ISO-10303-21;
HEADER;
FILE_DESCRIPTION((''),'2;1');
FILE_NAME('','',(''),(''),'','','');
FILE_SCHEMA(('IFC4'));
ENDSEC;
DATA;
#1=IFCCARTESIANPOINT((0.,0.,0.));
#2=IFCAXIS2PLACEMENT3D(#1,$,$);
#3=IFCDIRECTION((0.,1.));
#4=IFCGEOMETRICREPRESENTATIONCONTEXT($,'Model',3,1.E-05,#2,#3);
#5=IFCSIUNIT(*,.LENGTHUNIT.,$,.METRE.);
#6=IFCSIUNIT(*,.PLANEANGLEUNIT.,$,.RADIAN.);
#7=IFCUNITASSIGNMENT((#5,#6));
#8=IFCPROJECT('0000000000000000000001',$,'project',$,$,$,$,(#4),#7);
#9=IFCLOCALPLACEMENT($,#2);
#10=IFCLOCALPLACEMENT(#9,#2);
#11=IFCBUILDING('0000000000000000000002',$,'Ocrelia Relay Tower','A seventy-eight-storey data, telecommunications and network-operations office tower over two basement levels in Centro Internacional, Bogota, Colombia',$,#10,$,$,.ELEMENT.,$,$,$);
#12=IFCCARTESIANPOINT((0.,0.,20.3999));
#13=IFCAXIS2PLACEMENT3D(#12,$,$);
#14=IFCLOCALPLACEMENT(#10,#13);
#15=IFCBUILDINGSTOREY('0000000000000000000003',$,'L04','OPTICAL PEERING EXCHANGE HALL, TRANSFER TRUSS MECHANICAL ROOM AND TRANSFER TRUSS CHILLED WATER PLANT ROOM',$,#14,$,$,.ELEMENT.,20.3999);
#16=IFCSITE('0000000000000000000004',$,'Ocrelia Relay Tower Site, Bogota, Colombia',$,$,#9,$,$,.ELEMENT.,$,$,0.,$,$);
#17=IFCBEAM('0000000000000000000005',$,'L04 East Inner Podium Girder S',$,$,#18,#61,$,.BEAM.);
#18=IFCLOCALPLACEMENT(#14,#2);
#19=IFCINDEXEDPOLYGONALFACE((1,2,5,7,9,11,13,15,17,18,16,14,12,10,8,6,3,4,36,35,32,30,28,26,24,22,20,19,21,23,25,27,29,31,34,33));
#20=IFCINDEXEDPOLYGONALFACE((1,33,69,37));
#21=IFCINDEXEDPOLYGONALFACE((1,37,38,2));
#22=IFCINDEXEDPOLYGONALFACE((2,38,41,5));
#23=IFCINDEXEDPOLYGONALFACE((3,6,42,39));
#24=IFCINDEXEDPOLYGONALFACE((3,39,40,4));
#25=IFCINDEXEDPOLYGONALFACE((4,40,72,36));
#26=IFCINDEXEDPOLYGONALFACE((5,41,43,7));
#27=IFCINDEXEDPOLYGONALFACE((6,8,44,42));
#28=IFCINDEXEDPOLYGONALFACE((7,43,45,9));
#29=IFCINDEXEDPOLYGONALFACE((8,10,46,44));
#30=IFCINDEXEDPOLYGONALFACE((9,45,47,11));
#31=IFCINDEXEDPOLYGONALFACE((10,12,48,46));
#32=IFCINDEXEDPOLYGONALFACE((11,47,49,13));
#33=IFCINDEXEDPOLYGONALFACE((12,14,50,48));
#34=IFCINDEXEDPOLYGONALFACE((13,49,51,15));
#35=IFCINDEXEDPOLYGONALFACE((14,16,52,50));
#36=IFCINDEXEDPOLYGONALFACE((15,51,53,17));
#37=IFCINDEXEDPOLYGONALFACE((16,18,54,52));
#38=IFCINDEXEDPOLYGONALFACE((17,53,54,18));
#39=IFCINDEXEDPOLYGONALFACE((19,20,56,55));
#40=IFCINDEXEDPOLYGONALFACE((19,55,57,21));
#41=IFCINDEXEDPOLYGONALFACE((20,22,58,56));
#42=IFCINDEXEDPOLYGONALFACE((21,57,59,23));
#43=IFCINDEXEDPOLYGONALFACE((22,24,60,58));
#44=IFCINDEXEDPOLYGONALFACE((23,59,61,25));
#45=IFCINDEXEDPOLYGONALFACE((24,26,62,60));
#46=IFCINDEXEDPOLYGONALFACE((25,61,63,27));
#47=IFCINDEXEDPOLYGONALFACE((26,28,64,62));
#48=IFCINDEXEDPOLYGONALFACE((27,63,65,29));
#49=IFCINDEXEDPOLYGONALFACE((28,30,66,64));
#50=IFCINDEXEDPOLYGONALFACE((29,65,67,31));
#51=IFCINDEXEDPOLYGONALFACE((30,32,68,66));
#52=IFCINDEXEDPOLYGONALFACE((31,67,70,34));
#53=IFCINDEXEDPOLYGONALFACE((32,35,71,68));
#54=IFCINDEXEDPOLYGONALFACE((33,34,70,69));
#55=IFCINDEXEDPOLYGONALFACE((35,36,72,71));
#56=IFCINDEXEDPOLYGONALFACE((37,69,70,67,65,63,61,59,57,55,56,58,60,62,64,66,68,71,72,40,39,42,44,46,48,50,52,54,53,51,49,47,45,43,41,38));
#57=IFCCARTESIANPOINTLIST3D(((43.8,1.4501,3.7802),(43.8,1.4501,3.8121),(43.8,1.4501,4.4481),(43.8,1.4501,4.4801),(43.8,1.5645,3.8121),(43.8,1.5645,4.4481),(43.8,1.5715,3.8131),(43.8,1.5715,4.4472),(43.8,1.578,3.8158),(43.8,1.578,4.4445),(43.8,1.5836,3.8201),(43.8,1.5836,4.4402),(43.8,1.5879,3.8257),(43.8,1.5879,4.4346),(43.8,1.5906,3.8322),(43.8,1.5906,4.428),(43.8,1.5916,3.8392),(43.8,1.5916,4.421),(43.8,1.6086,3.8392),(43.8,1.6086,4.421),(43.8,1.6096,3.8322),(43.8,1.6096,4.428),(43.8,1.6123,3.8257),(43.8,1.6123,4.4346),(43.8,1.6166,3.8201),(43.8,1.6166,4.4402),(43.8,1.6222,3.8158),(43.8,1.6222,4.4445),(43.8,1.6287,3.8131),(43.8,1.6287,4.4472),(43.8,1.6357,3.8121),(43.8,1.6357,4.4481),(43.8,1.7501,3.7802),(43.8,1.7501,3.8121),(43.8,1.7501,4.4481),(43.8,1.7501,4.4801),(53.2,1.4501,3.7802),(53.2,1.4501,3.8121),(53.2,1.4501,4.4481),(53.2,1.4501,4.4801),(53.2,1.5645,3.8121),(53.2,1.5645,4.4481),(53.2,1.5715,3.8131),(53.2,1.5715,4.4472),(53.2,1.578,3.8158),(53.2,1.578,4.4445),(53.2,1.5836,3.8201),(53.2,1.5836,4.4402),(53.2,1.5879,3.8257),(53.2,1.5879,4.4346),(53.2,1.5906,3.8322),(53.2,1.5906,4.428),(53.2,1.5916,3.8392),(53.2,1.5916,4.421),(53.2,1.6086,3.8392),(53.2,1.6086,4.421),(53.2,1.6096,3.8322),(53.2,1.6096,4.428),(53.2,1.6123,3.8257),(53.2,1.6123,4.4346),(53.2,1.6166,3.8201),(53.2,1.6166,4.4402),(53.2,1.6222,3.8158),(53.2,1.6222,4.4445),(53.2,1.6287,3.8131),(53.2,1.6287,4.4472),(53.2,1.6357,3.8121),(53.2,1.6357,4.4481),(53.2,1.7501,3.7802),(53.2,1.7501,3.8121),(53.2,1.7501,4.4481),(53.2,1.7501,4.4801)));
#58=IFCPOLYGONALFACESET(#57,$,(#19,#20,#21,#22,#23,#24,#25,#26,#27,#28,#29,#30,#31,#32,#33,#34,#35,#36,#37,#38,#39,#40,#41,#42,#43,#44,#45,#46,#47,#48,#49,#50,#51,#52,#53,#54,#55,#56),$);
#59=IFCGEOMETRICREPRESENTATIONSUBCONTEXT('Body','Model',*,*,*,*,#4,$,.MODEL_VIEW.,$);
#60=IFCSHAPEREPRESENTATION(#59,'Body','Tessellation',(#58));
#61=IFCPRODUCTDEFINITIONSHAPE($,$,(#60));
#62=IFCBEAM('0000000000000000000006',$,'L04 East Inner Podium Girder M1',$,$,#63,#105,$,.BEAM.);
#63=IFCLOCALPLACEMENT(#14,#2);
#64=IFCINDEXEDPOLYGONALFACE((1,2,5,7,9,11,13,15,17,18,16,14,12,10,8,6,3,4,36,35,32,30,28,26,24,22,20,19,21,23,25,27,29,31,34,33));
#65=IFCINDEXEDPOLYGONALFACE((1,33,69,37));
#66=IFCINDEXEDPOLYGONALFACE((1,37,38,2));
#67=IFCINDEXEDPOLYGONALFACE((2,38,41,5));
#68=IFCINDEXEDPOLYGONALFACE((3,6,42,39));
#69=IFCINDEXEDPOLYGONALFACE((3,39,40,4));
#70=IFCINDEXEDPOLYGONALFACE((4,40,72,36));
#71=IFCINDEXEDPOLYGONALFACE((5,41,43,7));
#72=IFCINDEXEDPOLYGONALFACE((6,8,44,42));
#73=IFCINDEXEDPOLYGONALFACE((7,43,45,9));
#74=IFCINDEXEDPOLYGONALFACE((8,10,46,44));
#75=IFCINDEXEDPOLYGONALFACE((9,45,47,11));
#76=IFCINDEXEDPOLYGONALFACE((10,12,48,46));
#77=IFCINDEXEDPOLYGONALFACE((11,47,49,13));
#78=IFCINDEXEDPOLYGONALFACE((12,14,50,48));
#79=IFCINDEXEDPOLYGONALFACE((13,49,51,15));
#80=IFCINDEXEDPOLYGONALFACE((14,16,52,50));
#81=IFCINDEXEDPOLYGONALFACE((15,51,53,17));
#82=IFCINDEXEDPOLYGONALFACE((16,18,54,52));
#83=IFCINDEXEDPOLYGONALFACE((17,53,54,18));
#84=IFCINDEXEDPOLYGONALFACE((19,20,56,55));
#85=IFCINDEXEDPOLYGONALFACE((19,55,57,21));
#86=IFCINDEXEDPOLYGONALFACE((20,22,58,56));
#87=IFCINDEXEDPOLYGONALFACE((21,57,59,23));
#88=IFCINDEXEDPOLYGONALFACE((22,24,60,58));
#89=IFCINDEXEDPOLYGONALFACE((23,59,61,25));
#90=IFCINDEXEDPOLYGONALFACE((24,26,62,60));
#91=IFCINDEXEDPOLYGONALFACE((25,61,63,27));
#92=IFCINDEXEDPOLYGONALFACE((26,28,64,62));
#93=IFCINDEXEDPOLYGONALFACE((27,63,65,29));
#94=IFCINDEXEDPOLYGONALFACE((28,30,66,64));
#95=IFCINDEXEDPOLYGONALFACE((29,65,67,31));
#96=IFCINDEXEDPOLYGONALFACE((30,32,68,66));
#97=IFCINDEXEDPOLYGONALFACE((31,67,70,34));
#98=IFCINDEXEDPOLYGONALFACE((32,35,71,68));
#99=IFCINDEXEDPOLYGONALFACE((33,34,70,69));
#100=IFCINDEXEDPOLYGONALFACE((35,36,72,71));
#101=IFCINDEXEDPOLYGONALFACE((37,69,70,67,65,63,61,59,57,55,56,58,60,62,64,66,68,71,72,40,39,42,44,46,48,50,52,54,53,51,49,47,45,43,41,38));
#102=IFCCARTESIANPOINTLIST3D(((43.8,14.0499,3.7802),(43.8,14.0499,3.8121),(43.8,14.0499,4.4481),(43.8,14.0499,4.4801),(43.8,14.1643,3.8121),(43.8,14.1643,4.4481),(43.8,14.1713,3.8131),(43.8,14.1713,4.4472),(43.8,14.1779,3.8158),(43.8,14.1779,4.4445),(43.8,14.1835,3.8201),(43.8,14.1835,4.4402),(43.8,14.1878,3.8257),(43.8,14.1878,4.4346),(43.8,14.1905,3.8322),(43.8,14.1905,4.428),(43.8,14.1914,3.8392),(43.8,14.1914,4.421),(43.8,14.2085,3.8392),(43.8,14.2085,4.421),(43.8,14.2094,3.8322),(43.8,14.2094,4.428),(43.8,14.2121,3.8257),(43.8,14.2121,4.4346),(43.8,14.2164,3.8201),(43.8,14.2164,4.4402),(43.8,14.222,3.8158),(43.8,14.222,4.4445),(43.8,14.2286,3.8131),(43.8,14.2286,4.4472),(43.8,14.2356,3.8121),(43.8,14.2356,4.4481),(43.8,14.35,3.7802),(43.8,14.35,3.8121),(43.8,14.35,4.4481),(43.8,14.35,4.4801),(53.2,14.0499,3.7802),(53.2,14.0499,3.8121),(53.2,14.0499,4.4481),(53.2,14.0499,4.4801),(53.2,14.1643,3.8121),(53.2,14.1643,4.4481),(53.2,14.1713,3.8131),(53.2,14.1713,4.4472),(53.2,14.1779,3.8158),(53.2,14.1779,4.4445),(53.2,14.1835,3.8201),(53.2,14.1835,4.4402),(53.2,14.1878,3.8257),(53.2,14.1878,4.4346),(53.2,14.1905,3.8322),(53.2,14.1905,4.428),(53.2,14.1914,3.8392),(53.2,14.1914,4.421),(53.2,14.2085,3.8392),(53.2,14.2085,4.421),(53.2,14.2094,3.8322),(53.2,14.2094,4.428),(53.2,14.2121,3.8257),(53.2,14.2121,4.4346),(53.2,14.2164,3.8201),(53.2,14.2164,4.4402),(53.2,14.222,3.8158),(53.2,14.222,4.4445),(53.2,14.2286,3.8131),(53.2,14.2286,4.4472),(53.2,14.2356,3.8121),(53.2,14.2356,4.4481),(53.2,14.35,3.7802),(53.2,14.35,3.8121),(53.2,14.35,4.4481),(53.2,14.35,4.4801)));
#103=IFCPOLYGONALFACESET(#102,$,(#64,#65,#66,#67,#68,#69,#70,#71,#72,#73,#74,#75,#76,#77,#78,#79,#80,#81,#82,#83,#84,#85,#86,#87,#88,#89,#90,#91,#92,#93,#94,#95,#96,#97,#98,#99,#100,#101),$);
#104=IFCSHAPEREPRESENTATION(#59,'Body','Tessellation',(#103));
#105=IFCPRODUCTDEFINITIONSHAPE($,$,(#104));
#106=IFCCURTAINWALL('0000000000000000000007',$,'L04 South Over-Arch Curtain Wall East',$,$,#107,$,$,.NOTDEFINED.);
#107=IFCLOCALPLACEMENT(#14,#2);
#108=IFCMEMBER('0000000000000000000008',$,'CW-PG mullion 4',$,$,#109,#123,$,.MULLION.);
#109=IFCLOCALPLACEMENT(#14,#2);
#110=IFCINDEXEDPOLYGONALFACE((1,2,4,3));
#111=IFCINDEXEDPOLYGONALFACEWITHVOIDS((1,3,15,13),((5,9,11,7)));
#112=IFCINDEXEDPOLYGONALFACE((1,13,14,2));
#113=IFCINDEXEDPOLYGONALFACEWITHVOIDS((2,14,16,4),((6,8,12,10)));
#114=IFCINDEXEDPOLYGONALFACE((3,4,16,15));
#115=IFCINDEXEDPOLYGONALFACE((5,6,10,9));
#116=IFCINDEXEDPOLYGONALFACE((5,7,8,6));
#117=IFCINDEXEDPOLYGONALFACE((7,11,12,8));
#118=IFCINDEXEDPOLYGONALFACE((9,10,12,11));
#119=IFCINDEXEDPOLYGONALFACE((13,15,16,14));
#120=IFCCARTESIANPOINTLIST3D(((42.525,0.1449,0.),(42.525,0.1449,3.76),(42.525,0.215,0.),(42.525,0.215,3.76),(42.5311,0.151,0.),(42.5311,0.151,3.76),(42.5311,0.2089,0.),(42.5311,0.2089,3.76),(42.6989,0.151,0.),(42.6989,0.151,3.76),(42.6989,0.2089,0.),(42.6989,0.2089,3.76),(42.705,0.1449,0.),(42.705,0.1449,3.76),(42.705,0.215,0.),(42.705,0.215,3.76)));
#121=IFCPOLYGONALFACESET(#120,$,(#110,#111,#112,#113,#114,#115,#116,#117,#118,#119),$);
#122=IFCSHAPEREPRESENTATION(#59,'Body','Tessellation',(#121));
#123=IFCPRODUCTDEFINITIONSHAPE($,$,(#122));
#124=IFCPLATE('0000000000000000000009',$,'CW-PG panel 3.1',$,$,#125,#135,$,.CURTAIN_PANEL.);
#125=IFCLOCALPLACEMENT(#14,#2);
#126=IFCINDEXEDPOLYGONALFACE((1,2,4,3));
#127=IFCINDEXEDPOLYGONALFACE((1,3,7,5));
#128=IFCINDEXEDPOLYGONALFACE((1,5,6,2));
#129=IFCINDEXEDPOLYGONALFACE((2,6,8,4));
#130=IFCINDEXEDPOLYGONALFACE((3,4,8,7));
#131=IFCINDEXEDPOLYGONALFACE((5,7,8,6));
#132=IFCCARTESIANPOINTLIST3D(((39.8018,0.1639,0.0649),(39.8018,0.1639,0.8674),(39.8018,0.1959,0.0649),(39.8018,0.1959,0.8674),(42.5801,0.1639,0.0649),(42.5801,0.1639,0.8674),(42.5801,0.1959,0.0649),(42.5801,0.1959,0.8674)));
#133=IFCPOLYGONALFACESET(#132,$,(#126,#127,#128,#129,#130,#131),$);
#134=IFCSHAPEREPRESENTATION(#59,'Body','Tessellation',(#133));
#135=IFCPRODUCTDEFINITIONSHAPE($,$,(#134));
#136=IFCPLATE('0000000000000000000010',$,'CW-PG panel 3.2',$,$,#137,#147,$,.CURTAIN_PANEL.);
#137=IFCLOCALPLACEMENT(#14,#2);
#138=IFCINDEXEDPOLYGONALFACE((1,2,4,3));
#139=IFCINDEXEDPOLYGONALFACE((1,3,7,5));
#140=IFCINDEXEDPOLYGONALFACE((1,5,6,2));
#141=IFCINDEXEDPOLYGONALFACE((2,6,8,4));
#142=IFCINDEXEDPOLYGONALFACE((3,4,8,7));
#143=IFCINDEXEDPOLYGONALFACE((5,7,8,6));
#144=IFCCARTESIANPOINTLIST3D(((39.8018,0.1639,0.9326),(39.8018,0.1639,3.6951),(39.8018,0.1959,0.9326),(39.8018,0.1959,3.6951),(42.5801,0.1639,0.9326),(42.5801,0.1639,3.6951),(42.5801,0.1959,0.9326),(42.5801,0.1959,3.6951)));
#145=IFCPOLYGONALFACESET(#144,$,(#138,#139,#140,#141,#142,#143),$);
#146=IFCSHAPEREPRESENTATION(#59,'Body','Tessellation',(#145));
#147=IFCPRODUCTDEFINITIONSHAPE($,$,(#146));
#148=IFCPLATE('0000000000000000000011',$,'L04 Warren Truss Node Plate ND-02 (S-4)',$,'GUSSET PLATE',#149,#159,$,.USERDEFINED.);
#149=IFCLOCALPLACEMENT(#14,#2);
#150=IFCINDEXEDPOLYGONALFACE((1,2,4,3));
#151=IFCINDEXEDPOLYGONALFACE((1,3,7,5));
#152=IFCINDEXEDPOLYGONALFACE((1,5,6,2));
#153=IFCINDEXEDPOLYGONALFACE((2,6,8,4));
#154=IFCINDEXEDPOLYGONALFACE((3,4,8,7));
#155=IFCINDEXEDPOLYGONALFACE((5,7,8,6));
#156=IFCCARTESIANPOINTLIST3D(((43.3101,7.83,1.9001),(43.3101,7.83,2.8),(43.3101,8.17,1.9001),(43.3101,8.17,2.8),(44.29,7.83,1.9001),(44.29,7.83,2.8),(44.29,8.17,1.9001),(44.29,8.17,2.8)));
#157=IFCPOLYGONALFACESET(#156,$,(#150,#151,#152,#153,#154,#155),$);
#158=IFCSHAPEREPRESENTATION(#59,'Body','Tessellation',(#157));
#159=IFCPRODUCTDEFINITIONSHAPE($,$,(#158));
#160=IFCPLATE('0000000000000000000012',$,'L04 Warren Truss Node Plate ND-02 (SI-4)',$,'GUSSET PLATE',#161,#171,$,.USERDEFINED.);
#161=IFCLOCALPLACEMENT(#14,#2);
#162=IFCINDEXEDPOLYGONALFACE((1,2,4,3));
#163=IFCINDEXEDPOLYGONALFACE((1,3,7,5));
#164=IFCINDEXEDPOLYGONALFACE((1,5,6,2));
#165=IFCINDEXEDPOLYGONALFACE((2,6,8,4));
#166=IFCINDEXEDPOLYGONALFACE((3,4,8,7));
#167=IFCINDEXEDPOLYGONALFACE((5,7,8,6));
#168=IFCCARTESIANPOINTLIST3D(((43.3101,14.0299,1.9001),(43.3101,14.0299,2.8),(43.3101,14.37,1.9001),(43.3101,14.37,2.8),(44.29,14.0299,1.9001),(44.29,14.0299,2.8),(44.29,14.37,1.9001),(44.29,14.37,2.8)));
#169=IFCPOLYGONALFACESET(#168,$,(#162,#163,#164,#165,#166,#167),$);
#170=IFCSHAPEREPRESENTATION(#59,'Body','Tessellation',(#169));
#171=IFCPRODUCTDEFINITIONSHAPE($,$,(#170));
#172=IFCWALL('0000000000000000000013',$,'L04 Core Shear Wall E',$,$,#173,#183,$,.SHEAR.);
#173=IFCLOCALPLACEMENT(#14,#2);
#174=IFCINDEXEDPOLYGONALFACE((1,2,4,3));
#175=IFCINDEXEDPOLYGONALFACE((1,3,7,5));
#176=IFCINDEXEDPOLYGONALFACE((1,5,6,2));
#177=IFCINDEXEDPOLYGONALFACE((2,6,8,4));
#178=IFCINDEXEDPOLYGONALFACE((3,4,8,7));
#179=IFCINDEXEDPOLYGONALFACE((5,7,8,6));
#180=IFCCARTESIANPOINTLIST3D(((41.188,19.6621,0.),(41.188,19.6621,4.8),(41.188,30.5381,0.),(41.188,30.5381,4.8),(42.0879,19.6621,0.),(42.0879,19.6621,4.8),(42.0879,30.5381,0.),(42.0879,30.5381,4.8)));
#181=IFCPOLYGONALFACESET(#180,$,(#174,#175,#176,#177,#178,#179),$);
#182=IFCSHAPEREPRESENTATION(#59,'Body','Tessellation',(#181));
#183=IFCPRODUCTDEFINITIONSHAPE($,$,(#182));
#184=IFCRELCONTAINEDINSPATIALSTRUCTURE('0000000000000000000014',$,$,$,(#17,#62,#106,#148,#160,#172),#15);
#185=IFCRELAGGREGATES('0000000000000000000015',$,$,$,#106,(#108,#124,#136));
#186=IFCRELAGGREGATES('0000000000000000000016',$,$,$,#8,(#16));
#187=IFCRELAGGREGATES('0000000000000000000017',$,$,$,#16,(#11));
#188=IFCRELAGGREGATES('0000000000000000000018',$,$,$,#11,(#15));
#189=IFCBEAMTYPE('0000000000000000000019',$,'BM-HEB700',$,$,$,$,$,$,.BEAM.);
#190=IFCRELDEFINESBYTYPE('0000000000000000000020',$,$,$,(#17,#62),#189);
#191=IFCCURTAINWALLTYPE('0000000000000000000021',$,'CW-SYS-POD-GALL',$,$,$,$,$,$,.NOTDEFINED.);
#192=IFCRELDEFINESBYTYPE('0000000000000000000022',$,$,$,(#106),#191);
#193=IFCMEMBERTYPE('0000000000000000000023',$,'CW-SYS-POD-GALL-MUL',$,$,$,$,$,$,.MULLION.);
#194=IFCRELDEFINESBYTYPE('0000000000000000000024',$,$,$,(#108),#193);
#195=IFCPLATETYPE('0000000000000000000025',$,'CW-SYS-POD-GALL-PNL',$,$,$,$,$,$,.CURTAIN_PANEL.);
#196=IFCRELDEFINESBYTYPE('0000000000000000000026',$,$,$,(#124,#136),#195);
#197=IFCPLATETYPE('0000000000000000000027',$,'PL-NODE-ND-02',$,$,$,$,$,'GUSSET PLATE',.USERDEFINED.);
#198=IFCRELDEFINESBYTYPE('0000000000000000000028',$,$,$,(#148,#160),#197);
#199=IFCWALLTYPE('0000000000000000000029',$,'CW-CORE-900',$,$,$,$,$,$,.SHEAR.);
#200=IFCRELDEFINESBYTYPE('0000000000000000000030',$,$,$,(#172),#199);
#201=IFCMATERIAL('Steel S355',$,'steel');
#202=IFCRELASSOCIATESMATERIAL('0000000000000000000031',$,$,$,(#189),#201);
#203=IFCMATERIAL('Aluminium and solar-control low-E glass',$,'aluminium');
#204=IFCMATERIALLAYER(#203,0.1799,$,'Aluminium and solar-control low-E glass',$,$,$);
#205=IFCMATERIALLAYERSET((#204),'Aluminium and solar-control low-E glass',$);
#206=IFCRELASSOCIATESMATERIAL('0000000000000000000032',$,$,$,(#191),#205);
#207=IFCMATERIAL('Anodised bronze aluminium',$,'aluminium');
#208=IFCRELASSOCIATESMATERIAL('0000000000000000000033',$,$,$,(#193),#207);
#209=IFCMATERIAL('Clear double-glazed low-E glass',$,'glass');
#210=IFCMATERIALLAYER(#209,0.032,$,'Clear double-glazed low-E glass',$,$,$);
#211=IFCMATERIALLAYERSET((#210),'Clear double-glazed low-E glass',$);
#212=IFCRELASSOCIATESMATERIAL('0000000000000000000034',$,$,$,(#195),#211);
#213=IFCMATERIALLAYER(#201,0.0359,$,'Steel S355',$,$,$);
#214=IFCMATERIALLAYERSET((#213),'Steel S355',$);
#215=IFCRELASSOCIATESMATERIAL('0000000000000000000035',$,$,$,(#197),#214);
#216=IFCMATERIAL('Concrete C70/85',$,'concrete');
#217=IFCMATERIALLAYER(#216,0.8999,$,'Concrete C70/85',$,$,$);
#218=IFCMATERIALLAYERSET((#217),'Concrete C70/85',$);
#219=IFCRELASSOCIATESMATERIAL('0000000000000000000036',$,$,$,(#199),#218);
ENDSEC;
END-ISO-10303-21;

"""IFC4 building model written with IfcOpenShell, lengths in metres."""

from ifc_helpers import new_model, si_unit, direction, frame, frame_2d, origin, origin_2d, place, context, subcontext, project, spatial, rectangle, hollow_rectangle, i_section, extrude, material, layer, layer_set, material_profile, profile_set, type_object, element, aggregate, save


model = new_model("IFC4")

# Units and contexts
model_context = context("Model", 3, precision=1e-05, world=origin(), true_north=direction((0.0, 1.0)))
body_context = subcontext(model_context, "Body", "Model", "MODEL_VIEW")
ifc_project = project(units=[si_unit("LENGTHUNIT", "METRE"), si_unit("PLANEANGLEUNIT", "RADIAN")], contexts=[model_context])

# Site, building, storey
site_placement = place(None, origin())
site = spatial("IfcSite", under=ifc_project, at=site_placement, Name="Ocrelia Relay Tower Site, Bogota, Colombia", CompositionType="ELEMENT", RefElevation=0.0)
building_placement = place(site_placement, origin())
building = spatial("IfcBuilding", under=site, at=building_placement, Name="Ocrelia Relay Tower", Description="A seventy-eight-storey data, telecommunications and network-operations office tower over two basement levels in Centro Internacional, Bogota, Colombia", CompositionType="ELEMENT")
storey_placement = place(building_placement, frame((0.0, 0.0, 20.3999)))
storey = spatial("IfcBuildingStorey", under=building, at=storey_placement, Name="L04", Description="OPTICAL PEERING EXCHANGE HALL, TRANSFER TRUSS MECHANICAL ROOM AND TRANSFER TRUSS CHILLED WATER PLANT ROOM", CompositionType="ELEMENT", Elevation=20.3999)

# Shared definitions
ifc_material_1 = material(Name="Concrete C70/85", Category="concrete")

# Beams
ifc_material_2 = material(Name="Steel S355", Category="steel")
ifc_material_profile_1 = material_profile(ifc_material_2, i_section(OverallWidth=0.3, OverallDepth=0.7, WebThickness=0.0171, FlangeThickness=0.032, FilletRadius=0.0271, at=origin_2d()), Name="HEB 700")
ifc_profile_set_1 = profile_set([ifc_material_profile_1], Name="Steel S355")
beam_type_1 = type_object("IfcBeamType", Name="BM-HEB700", PredefinedType="BEAM", material=ifc_profile_set_1)
for number, where, z_axis, x_axis, name in (
    (1, (43.8, 1.6001, 4.1301), (1.0, 0.0, 0.0), (0.0, 1.0, 0.0), "L04 East Inner Podium Girder S"),
    (2, (43.8, 14.2, 4.1301), (1.0, 0.0, 0.0), (0.0, 1.0, 0.0), "L04 East Inner Podium Girder M1"),
):
    element("IfcBeam", number, at=place(storey_placement, frame(where, z_axis=z_axis, x_axis=x_axis)), inside=storey, type_object=beam_type_1, Name=name, PredefinedType="BEAM", context=body_context, shape_type="SweptSolid", body=[
        extrude(i_section(OverallWidth=0.3, OverallDepth=0.7, WebThickness=0.0171, FlangeThickness=0.032, FilletRadius=0.0271, at=origin_2d()), origin(), (0.0, 0.0, 1.0), 9.3999),
    ])

# Curtain wall, member, plates
ifc_material_3 = material(Name="Aluminium and solar-control low-E glass", Category="aluminium")
ifc_layer_1 = layer(ifc_material_3, 0.1799, Name="Aluminium and solar-control low-E glass")
ifc_layer_set_1 = layer_set([ifc_layer_1], Name="Aluminium and solar-control low-E glass")
curtain_wall_type = type_object("IfcCurtainWallType", Name="CW-SYS-POD-GALL", PredefinedType="NOTDEFINED", material=ifc_layer_set_1)
curtain_wall_placement = place(storey_placement, origin())
curtain_wall = element("IfcCurtainWall", 3, at=curtain_wall_placement, inside=storey, type_object=curtain_wall_type, Name="L04 South Over-Arch Curtain Wall East", PredefinedType="NOTDEFINED")
ifc_material_4 = material(Name="Anodised bronze aluminium", Category="aluminium")
ifc_material_profile_2 = material_profile(ifc_material_4, hollow_rectangle(XDim=0.0701, YDim=0.1799, WallThickness=0.0061, at=origin_2d()), Name="CW-MUL-180x70")
ifc_profile_set_2 = profile_set([ifc_material_profile_2], Name="Anodised bronze aluminium")
member_type = type_object("IfcMemberType", Name="CW-SYS-POD-GALL-MUL", PredefinedType="MULLION", material=ifc_profile_set_2)
member_placement = place(storey_placement, frame((42.615, 0.1799, 0.0), z_axis=(0.0, 0.0, 1.0), x_axis=(0.0, 1.0, 0.0)))
member = element("IfcMember", 4, at=member_placement, type_object=member_type, Name="CW-PG mullion 4", PredefinedType="MULLION", context=body_context, shape_type="SweptSolid", body=[
    extrude(hollow_rectangle(XDim=0.0701, YDim=0.1799, WallThickness=0.0061, at=origin_2d()), origin(), (0.0, 0.0, 1.0), 3.76),
])
ifc_material_5 = material(Name="Clear double-glazed low-E glass", Category="glass")
ifc_layer_2 = layer(ifc_material_5, 0.032, Name="Clear double-glazed low-E glass")
ifc_layer_set_2 = layer_set([ifc_layer_2], Name="Clear double-glazed low-E glass")
plate_type_1 = type_object("IfcPlateType", Name="CW-SYS-POD-GALL-PNL", PredefinedType="CURTAIN_PANEL", material=ifc_layer_set_2)
plate_1_placement = place(storey_placement, frame((41.1909, 0.1799, 0.0649), z_axis=(0.0, 0.0, 1.0), x_axis=(1.0, 0.0, 0.0)))
plate_1 = element("IfcPlate", 5, at=plate_1_placement, type_object=plate_type_1, Name="CW-PG panel 3.1", PredefinedType="CURTAIN_PANEL", context=body_context, shape_type="SweptSolid", body=[
    extrude(rectangle(XDim=2.7783, YDim=0.032, at=origin_2d()), origin(), (0.0, 0.0, 1.0), 0.8025),
])
plate_2_placement = place(storey_placement, frame((41.1909, 0.1799, 0.9326), z_axis=(0.0, 0.0, 1.0), x_axis=(1.0, 0.0, 0.0)))
plate_2 = element("IfcPlate", 6, at=plate_2_placement, type_object=plate_type_1, Name="CW-PG panel 3.2", PredefinedType="CURTAIN_PANEL", context=body_context, shape_type="SweptSolid", body=[
    extrude(rectangle(XDim=2.7783, YDim=0.032, at=origin_2d()), origin(), (0.0, 0.0, 1.0), 2.7625),
])
aggregate(curtain_wall, [member, plate_1, plate_2])

# Plates
ifc_layer_3 = layer(ifc_material_2, 0.0359, Name="Steel S355")
ifc_layer_set_3 = layer_set([ifc_layer_3], Name="Steel S355")
plate_type_2 = type_object("IfcPlateType", Name="PL-NODE-ND-02", ElementType="GUSSET PLATE", PredefinedType="USERDEFINED", material=ifc_layer_set_3)
for number, where, z_axis, x_axis, name in (
    (7, (43.8, 8.0, 1.9001), (0.0, 0.0, 1.0), (1.0, 0.0, 0.0), "L04 Warren Truss Node Plate ND-02 (S-4)"),
    (8, (43.8, 14.2, 1.9001), (0.0, 0.0, 1.0), (1.0, 0.0, 0.0), "L04 Warren Truss Node Plate ND-02 (SI-4)"),
):
    element("IfcPlate", number, at=place(storey_placement, frame(where, z_axis=z_axis, x_axis=x_axis)), inside=storey, type_object=plate_type_2, Name=name, ObjectType="GUSSET PLATE", PredefinedType="USERDEFINED", context=body_context, shape_type="SweptSolid", body=[
        extrude(rectangle(XDim=0.98, YDim=0.3401, at=origin_2d()), origin(), (0.0, 0.0, 1.0), 0.8999),
    ])

# Wall
ifc_layer_4 = layer(ifc_material_1, 0.8999, Name="Concrete C70/85")
ifc_layer_set_4 = layer_set([ifc_layer_4], Name="Concrete C70/85")
wall_type_1 = type_object("IfcWallType", Name="CW-CORE-900", PredefinedType="SHEAR", material=ifc_layer_set_4)
wall_1_placement = place(storey_placement, frame((41.6379, 19.6621, 0.0), z_axis=(0.0, 0.0, 1.0), x_axis=(0.0, 1.0, 0.0)))
element("IfcWall", 9, at=wall_1_placement, inside=storey, type_object=wall_type_1, Name="L04 Core Shear Wall E", PredefinedType="SHEAR", context=body_context, shape_type="SweptSolid", body=[
    extrude(rectangle(XDim=10.876, YDim=0.8999, at=frame_2d((5.438, 0.0))), origin(), (0.0, 0.0, 1.0), 4.8),
])

save(model, "model.ifc")
